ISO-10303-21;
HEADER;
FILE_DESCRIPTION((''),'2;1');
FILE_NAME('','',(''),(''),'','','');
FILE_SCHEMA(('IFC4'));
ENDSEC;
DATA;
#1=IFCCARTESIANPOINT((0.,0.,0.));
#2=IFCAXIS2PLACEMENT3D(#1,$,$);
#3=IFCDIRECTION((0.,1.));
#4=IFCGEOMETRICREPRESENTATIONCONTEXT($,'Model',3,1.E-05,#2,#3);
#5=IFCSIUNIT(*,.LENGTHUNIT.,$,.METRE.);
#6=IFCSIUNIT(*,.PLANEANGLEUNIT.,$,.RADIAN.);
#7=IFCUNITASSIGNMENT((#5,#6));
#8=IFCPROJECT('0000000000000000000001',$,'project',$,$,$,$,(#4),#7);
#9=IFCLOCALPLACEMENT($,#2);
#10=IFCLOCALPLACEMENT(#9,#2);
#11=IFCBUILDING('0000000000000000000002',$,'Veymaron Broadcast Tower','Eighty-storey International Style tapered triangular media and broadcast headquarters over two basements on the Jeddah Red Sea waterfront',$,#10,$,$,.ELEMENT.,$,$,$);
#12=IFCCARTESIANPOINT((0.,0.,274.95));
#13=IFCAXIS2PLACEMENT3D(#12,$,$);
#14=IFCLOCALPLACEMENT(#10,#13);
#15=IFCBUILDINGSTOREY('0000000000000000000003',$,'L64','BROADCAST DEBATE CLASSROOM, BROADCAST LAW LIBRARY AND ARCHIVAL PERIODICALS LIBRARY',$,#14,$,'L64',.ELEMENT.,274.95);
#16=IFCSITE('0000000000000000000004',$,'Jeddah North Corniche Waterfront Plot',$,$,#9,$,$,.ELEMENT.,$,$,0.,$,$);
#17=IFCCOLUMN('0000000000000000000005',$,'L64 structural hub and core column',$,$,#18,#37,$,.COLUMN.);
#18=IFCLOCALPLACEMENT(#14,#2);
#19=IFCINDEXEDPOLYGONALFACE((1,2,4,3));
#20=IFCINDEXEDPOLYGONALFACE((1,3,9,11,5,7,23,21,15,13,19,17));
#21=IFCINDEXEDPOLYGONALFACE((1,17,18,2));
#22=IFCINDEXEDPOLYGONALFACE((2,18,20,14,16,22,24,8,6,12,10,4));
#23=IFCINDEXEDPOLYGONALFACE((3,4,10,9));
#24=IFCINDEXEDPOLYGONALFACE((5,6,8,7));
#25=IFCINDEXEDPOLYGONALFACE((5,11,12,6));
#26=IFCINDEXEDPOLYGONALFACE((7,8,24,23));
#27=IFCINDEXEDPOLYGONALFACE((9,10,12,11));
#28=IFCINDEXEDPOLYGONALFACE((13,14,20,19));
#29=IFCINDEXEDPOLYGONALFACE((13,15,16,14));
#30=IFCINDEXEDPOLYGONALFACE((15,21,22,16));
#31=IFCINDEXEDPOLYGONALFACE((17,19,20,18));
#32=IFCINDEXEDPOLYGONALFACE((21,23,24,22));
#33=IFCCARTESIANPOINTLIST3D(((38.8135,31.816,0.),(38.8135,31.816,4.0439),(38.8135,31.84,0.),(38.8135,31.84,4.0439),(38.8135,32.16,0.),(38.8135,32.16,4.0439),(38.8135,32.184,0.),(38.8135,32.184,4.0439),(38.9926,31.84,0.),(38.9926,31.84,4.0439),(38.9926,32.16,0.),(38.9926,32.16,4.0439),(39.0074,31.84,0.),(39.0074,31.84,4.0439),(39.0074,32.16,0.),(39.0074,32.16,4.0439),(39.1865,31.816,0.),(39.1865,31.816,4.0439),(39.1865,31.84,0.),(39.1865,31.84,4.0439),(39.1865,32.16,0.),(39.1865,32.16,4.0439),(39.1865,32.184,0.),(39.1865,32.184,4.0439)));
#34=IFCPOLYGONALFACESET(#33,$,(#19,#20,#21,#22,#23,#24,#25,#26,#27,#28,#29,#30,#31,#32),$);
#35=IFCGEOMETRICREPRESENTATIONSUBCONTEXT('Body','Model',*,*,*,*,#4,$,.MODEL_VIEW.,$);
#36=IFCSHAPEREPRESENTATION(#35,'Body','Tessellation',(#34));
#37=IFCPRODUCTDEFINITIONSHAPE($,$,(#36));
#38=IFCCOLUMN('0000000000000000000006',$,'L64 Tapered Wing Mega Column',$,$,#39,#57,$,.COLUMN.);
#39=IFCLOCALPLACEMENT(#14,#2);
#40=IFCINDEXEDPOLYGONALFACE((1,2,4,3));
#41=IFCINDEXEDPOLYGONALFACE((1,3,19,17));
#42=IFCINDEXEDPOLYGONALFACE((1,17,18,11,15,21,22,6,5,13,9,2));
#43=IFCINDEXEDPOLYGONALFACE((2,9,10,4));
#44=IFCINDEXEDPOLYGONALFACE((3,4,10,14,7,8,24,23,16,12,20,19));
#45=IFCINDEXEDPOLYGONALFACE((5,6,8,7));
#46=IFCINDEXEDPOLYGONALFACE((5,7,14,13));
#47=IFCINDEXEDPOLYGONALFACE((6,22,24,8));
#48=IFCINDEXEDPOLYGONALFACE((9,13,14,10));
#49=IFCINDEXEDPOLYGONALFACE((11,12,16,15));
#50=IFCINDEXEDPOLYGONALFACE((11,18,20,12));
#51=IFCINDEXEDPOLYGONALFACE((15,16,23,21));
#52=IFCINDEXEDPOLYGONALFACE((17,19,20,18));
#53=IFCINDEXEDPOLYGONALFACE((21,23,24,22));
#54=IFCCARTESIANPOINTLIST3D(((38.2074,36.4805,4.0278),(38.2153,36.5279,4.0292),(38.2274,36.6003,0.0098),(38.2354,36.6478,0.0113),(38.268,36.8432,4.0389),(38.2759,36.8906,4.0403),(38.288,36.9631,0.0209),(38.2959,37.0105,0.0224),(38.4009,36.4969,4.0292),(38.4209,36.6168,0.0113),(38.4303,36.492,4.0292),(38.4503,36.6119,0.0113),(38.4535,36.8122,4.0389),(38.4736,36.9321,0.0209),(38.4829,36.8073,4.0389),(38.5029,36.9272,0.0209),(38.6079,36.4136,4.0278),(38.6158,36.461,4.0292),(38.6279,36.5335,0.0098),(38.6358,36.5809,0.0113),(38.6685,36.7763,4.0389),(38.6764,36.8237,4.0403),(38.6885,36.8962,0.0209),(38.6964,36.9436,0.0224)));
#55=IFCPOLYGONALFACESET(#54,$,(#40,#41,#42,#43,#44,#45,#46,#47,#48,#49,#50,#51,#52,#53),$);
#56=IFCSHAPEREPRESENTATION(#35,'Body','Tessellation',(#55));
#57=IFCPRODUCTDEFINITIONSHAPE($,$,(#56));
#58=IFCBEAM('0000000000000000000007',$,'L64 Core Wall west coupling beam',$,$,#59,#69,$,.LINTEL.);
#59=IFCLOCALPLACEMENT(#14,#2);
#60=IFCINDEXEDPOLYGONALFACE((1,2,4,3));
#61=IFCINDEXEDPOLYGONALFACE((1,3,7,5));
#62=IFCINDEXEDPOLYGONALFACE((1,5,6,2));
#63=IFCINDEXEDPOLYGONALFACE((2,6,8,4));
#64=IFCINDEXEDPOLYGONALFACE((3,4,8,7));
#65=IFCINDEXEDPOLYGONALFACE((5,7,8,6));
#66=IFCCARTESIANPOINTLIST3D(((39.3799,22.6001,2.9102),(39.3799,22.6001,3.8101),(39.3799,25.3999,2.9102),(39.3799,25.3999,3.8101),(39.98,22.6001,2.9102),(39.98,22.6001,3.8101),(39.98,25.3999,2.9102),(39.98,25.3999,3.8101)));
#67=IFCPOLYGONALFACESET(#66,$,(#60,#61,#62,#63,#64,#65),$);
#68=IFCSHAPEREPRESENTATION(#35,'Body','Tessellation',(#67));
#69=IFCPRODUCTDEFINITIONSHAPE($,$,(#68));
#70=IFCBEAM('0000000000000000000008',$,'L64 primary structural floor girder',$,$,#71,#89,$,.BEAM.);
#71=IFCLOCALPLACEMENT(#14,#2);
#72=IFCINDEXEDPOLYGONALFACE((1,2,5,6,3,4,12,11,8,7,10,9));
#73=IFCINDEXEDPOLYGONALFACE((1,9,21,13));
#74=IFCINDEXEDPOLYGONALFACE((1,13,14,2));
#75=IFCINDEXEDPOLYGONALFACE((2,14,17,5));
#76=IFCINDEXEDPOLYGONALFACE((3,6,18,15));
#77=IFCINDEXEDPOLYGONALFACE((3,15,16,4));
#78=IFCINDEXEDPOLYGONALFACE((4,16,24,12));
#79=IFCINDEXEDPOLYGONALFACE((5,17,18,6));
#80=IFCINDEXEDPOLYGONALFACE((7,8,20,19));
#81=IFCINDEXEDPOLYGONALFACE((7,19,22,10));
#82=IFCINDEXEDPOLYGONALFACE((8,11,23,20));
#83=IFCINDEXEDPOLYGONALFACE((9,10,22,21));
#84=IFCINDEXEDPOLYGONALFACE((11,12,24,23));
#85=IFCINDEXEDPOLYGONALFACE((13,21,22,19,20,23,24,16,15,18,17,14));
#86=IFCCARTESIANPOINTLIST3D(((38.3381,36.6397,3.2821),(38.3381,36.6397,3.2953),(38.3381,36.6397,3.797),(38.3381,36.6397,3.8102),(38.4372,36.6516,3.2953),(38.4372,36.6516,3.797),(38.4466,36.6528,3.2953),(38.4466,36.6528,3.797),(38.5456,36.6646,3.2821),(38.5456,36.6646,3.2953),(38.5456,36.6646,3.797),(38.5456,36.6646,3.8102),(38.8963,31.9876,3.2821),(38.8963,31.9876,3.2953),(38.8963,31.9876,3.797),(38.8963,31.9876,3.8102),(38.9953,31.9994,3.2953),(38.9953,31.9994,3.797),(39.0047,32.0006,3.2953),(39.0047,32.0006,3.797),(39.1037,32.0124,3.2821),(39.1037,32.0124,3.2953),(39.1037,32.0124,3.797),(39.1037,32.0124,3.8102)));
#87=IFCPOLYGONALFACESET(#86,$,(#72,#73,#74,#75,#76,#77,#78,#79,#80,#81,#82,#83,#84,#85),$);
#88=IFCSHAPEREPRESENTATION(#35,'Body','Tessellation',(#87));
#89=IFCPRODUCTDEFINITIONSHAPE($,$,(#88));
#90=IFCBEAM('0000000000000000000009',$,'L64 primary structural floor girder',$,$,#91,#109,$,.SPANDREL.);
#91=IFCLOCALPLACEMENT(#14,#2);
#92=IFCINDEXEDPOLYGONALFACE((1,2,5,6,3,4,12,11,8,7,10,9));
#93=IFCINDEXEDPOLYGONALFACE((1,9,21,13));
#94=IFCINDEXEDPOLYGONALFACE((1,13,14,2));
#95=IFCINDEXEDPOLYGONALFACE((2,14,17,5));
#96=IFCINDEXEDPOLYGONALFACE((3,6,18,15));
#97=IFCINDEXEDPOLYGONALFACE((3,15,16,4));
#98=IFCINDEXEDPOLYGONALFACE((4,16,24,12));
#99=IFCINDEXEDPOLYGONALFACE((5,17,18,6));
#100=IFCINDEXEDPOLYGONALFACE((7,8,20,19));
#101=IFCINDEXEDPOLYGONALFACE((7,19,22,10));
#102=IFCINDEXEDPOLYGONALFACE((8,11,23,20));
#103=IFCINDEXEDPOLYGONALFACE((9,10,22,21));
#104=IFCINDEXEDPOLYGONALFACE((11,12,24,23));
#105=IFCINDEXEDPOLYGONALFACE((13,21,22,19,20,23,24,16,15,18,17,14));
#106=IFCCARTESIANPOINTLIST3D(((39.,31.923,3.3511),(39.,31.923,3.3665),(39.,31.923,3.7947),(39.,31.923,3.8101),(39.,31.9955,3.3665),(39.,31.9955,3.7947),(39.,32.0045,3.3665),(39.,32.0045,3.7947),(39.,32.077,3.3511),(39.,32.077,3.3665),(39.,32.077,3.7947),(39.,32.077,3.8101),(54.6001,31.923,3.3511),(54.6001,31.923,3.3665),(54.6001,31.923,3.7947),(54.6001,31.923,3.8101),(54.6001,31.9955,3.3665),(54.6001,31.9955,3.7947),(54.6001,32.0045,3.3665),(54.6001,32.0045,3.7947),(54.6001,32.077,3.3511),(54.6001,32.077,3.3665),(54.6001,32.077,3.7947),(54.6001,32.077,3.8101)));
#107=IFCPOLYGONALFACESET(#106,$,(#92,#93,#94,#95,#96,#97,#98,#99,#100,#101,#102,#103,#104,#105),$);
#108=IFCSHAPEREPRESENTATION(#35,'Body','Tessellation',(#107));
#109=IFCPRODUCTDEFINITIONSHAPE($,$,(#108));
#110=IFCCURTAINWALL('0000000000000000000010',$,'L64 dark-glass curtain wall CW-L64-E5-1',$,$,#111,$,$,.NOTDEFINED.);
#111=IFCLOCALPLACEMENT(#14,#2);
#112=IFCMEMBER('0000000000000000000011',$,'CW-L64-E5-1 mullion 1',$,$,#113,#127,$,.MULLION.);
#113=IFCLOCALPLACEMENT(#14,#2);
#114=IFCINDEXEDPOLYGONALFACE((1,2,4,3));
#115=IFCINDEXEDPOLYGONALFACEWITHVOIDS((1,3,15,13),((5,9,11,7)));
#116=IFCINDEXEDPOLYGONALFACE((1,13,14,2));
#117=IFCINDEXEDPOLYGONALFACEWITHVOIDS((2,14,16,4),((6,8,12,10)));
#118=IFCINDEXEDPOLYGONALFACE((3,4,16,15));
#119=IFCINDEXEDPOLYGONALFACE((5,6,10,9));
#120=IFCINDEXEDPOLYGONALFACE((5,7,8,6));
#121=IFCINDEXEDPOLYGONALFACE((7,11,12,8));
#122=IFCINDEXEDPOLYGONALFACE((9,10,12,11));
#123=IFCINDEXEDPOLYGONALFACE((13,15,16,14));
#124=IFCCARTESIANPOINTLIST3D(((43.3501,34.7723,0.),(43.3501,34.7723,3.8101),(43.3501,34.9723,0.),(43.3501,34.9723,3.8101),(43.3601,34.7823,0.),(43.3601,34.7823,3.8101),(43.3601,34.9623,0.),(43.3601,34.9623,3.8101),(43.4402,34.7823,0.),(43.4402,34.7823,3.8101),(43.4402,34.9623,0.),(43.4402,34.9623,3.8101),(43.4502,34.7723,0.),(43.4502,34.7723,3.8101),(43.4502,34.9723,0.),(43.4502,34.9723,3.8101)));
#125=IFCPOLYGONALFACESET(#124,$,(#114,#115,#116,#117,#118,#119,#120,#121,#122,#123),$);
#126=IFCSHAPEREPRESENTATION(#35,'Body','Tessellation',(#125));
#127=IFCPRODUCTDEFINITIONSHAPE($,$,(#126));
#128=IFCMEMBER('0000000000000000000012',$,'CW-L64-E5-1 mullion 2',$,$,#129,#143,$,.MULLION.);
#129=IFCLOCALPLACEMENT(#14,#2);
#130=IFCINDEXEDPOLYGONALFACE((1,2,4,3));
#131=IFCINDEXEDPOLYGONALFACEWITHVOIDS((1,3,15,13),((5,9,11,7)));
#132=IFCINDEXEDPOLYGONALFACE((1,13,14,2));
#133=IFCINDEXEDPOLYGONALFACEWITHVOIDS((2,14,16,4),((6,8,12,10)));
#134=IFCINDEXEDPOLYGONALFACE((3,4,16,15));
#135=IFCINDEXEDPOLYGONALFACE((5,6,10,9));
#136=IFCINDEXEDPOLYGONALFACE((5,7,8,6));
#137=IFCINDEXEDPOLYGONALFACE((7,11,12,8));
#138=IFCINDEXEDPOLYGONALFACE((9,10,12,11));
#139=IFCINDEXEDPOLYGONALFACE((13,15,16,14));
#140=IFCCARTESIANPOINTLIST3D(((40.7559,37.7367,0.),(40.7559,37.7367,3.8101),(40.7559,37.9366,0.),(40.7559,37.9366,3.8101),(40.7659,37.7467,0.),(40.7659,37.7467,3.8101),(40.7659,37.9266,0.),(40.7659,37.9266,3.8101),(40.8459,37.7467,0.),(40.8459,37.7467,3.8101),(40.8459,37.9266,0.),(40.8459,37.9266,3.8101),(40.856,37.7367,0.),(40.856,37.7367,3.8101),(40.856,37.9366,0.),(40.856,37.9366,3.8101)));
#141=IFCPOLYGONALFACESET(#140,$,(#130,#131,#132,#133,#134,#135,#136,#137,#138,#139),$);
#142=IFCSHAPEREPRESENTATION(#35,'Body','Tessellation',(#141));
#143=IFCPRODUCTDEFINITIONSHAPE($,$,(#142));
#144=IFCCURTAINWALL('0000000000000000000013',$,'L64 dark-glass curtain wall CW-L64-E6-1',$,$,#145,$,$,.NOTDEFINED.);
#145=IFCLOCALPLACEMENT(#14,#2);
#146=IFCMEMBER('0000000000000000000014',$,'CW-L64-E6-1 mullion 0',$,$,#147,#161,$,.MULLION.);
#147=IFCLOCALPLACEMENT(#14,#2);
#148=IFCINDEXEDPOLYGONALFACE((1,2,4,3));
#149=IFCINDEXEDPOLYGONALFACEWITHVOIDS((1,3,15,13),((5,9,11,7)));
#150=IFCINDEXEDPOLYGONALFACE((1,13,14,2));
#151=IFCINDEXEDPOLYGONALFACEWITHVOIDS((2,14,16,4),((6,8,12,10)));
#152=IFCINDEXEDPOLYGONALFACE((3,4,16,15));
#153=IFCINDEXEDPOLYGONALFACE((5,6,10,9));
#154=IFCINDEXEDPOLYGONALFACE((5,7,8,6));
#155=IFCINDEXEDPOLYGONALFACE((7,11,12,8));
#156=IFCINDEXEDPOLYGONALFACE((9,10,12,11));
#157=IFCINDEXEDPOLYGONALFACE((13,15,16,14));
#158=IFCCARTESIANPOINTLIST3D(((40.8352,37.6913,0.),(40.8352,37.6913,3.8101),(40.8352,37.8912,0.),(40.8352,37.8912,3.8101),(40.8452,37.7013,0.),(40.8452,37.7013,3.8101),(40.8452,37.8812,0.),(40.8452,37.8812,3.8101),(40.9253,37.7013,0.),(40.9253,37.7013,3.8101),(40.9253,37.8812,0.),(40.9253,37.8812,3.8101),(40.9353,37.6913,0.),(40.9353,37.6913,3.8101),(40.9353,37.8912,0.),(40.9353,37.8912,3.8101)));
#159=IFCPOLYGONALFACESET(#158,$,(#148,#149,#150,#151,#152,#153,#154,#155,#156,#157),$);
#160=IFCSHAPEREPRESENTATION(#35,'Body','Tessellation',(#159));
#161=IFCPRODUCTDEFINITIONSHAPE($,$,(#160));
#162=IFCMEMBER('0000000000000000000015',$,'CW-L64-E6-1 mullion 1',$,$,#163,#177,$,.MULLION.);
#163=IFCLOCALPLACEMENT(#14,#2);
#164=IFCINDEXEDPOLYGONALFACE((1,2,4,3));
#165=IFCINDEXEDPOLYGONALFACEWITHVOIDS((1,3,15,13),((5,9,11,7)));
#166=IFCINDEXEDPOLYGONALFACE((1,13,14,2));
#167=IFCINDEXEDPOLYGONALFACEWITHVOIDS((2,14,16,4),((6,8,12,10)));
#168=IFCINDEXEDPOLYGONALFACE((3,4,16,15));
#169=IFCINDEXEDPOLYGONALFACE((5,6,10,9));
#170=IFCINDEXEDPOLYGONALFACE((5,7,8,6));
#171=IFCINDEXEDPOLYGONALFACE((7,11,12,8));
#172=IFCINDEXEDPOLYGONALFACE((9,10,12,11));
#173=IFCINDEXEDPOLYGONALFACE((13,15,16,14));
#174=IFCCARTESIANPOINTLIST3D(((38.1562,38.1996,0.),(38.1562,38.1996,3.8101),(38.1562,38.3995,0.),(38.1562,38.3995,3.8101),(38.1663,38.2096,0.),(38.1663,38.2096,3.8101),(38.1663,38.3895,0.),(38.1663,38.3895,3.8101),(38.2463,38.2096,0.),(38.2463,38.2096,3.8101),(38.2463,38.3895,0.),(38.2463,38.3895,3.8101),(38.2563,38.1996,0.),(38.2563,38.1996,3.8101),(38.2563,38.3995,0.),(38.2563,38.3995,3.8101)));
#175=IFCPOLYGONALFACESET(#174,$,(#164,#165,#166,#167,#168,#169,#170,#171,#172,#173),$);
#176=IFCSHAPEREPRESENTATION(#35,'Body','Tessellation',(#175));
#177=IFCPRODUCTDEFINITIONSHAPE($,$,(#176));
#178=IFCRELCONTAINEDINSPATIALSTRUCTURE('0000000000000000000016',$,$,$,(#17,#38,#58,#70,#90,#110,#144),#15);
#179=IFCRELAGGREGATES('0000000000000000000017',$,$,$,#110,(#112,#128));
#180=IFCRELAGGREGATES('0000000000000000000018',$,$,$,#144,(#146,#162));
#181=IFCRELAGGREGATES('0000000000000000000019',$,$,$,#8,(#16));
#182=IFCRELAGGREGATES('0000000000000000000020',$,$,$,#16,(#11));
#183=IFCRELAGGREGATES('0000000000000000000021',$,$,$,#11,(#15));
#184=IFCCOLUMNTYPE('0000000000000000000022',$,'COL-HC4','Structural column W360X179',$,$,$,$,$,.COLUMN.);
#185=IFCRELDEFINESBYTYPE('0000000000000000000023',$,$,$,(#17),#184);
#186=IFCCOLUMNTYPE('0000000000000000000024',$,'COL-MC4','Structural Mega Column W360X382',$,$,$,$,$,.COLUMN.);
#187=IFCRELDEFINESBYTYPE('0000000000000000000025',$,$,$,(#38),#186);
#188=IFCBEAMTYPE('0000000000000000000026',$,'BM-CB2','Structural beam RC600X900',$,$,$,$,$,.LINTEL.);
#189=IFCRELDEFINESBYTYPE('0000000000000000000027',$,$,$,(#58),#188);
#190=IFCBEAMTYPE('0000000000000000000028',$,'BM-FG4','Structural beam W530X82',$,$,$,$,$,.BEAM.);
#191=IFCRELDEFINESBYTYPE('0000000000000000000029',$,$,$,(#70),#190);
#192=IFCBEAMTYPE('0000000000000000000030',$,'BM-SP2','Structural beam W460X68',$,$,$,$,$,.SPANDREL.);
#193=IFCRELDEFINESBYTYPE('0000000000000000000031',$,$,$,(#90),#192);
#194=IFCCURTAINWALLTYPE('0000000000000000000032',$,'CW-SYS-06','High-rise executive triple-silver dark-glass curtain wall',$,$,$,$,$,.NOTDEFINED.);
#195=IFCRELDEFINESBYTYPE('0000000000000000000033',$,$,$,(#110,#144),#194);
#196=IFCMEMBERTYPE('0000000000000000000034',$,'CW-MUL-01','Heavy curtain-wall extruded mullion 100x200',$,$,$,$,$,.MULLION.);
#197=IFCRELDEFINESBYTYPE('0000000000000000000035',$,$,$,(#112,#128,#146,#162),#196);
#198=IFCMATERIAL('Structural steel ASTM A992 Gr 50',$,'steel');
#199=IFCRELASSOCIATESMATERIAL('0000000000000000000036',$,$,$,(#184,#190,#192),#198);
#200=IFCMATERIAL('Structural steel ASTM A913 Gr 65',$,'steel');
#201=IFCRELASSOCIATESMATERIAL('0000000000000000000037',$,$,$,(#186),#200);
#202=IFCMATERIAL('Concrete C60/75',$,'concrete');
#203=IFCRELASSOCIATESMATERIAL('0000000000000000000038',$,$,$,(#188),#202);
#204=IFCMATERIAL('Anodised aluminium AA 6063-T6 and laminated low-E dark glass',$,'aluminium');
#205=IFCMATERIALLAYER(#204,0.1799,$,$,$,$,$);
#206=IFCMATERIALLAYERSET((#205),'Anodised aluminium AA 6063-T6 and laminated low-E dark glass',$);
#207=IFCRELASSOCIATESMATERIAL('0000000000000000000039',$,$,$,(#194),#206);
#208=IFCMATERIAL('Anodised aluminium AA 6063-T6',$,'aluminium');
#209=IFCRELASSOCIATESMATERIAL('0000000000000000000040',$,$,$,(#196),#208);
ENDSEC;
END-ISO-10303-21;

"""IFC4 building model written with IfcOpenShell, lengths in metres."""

from ifc_helpers import new_model, si_unit, direction, frame, origin, origin_2d, place, context, subcontext, project, spatial, rectangle, hollow_rectangle, i_section, extrude, material, layer, layer_set, material_profile, profile_set, type_object, element, aggregate, save


model = new_model("IFC4")

# Units and contexts
model_context = context("Model", 3, precision=1e-05, world=origin(), true_north=direction((0.0, 1.0)))
body_context = subcontext(model_context, "Body", "Model", "MODEL_VIEW")
ifc_project = project(units=[si_unit("LENGTHUNIT", "METRE"), si_unit("PLANEANGLEUNIT", "RADIAN")], contexts=[model_context])

# Site, building, storey
site_placement = place(None, origin())
site = spatial("IfcSite", under=ifc_project, at=site_placement, Name="Jeddah North Corniche Waterfront Plot", CompositionType="ELEMENT", RefElevation=0.0)
building_placement = place(site_placement, origin())
building = spatial("IfcBuilding", under=site, at=building_placement, Name="Veymaron Broadcast Tower", Description="Eighty-storey International Style tapered triangular media and broadcast headquarters over two basements on the Jeddah Red Sea waterfront", CompositionType="ELEMENT")
storey_placement = place(building_placement, frame((0.0, 0.0, 274.95)))
storey = spatial("IfcBuildingStorey", under=building, at=storey_placement, Name="L64", Description="BROADCAST DEBATE CLASSROOM, BROADCAST LAW LIBRARY AND ARCHIVAL PERIODICALS LIBRARY", LongName="L64", CompositionType="ELEMENT", Elevation=274.95)

# Columns
ifc_material_1 = material(Name="Structural steel ASTM A992 Gr 50", Category="steel")
ifc_material_profile_1 = material_profile(ifc_material_1, i_section(OverallWidth=0.373, OverallDepth=0.3679, WebThickness=0.0149, FlangeThickness=0.0239, at=origin_2d()), Name="W360X179")
ifc_profile_set_1 = profile_set([ifc_material_profile_1], Name="Structural steel ASTM A992 Gr 50")
column_type_1 = type_object("IfcColumnType", Name="COL-HC4", Description="Structural column W360X179", PredefinedType="COLUMN", material=ifc_profile_set_1)
column_1_placement = place(storey_placement, frame((39.0, 32.0, 0.0), z_axis=(0.0, 0.0, 1.0), x_axis=(1.0, 0.0, 0.0)))
element("IfcColumn", 1, at=column_1_placement, inside=storey, type_object=column_type_1, Name="L64 structural hub and core column", PredefinedType="COLUMN", context=body_context, shape_type="SweptSolid", body=[
    extrude(i_section(OverallWidth=0.373, OverallDepth=0.3679, WebThickness=0.0149, FlangeThickness=0.0239, at=origin_2d()), origin(), (0.0, 0.0, 1.0), 4.0439),
])
ifc_material_2 = material(Name="Structural steel ASTM A913 Gr 65", Category="steel")
ifc_material_profile_2 = material_profile(ifc_material_2, i_section(OverallWidth=0.406, OverallDepth=0.416, WebThickness=0.0298, FlangeThickness=0.0481, at=origin_2d()), Name="W360X382")
ifc_profile_set_2 = profile_set([ifc_material_profile_2], Name="Structural steel ASTM A913 Gr 65")
column_type_2 = type_object("IfcColumnType", Name="COL-MC4", Description="Structural Mega Column W360X382", PredefinedType="COLUMN", material=ifc_profile_set_2)
column_2_placement = place(storey_placement, frame((38.4619, 36.772, 0.0161), z_axis=(-0.00498, -0.029822, 0.999543), x_axis=(0.98634, -0.164725, 0.0)))
element("IfcColumn", 2, at=column_2_placement, inside=storey, type_object=column_type_2, Name="L64 Tapered Wing Mega Column", PredefinedType="COLUMN", context=body_context, shape_type="SweptSolid", body=[
    extrude(i_section(OverallWidth=0.406, OverallDepth=0.416, WebThickness=0.0298, FlangeThickness=0.0481, at=origin_2d()), origin(), (0.0, 0.0, 1.0), 4.0198),
])

# Beams
ifc_material_3 = material(Name="Concrete C60/75", Category="concrete")
ifc_material_profile_3 = material_profile(ifc_material_3, rectangle(XDim=0.6001, YDim=0.8999, at=origin_2d()), Name="RC600X900")
ifc_profile_set_3 = profile_set([ifc_material_profile_3], Name="Concrete C60/75")
beam_type_1 = type_object("IfcBeamType", Name="BM-CB2", Description="Structural beam RC600X900", PredefinedType="LINTEL", material=ifc_profile_set_3)
beam_1_placement = place(storey_placement, frame((39.6799, 22.6001, 3.3601), z_axis=(0.0, 1.0, 0.0), x_axis=(-1.0, 0.0, 0.0)))
element("IfcBeam", 3, at=beam_1_placement, inside=storey, type_object=beam_type_1, Name="L64 Core Wall west coupling beam", PredefinedType="LINTEL", context=body_context, shape_type="SweptSolid", body=[
    extrude(rectangle(XDim=0.6001, YDim=0.8999, at=origin_2d()), origin(), (0.0, 0.0, 1.0), 2.7998),
])
ifc_material_profile_4 = material_profile(ifc_material_1, i_section(OverallWidth=0.209, OverallDepth=0.5281, WebThickness=0.0095, FlangeThickness=0.0132, at=origin_2d()), Name="W530X82")
ifc_profile_set_4 = profile_set([ifc_material_profile_4], Name="Structural steel ASTM A992 Gr 50")
beam_type_2 = type_object("IfcBeamType", Name="BM-FG4", Description="Structural beam W530X82", PredefinedType="BEAM", material=ifc_profile_set_4)
beam_2_placement = place(storey_placement, frame((39.0, 32.0, 3.5461), z_axis=(-0.119114, 0.992881, 0.0), x_axis=(-0.992881, -0.119114, 0.0)))
element("IfcBeam", 4, at=beam_2_placement, inside=storey, type_object=beam_type_2, Name="L64 primary structural floor girder", PredefinedType="BEAM", context=body_context, shape_type="SweptSolid", body=[
    extrude(i_section(OverallWidth=0.209, OverallDepth=0.5281, WebThickness=0.0095, FlangeThickness=0.0132, at=origin_2d()), origin(), (0.0, 0.0, 1.0), 4.6855),
])
ifc_material_profile_5 = material_profile(ifc_material_1, i_section(OverallWidth=0.1541, OverallDepth=0.459, WebThickness=0.009, FlangeThickness=0.0154, at=origin_2d()), Name="W460X68")
ifc_profile_set_5 = profile_set([ifc_material_profile_5], Name="Structural steel ASTM A992 Gr 50")
beam_type_3 = type_object("IfcBeamType", Name="BM-SP2", Description="Structural beam W460X68", PredefinedType="SPANDREL", material=ifc_profile_set_5)
beam_3_placement = place(storey_placement, frame((39.0, 32.0, 3.5806), z_axis=(1.0, 0.0, 0.0), x_axis=(0.0, 1.0, 0.0)))
element("IfcBeam", 5, at=beam_3_placement, inside=storey, type_object=beam_type_3, Name="L64 primary structural floor girder", PredefinedType="SPANDREL", context=body_context, shape_type="SweptSolid", body=[
    extrude(i_section(OverallWidth=0.1541, OverallDepth=0.459, WebThickness=0.009, FlangeThickness=0.0154, at=origin_2d()), origin(), (0.0, 0.0, 1.0), 15.6001),
])

# Curtain walls, members
ifc_material_4 = material(Name="Anodised aluminium AA 6063-T6 and laminated low-E dark glass", Category="aluminium")
ifc_layer_1 = layer(ifc_material_4, 0.1799)
ifc_layer_set_1 = layer_set([ifc_layer_1], Name="Anodised aluminium AA 6063-T6 and laminated low-E dark glass")
curtain_wall_type = type_object("IfcCurtainWallType", Name="CW-SYS-06", Description="High-rise executive triple-silver dark-glass curtain wall", PredefinedType="NOTDEFINED", material=ifc_layer_set_1)
curtain_wall_1_placement = place(storey_placement, origin())
curtain_wall_1 = element("IfcCurtainWall", 6, at=curtain_wall_1_placement, inside=storey, type_object=curtain_wall_type, Name="L64 dark-glass curtain wall CW-L64-E5-1", PredefinedType="NOTDEFINED")
ifc_material_5 = material(Name="Anodised aluminium AA 6063-T6", Category="aluminium")
ifc_material_profile_6 = material_profile(ifc_material_5, hollow_rectangle(XDim=0.1001, YDim=0.2, WallThickness=0.01, at=origin_2d()), Name="RHS200X100X10")
ifc_profile_set_6 = profile_set([ifc_material_profile_6], Name="Anodised aluminium AA 6063-T6")
member_type_1 = type_object("IfcMemberType", Name="CW-MUL-01", Description="Heavy curtain-wall extruded mullion 100x200", PredefinedType="MULLION", material=ifc_profile_set_6)
member_1_placement = place(storey_placement, frame((43.4001, 34.8723, 0.0), z_axis=(0.0, 0.0, 1.0), x_axis=(1.0, 0.0, 0.0)))
member_1 = element("IfcMember", 7, at=member_1_placement, type_object=member_type_1, Name="CW-L64-E5-1 mullion 1", PredefinedType="MULLION", context=body_context, shape_type="SweptSolid", body=[
    extrude(hollow_rectangle(XDim=0.1001, YDim=0.2, WallThickness=0.01, at=origin_2d()), origin(), (0.0, 0.0, 1.0), 3.8101),
])
member_2_placement = place(storey_placement, frame((40.8059, 37.8367, 0.0), z_axis=(0.0, 0.0, 1.0), x_axis=(1.0, 0.0, 0.0)))
member_2 = element("IfcMember", 8, at=member_2_placement, type_object=member_type_1, Name="CW-L64-E5-1 mullion 2", PredefinedType="MULLION", context=body_context, shape_type="SweptSolid", body=[
    extrude(hollow_rectangle(XDim=0.1001, YDim=0.2, WallThickness=0.01, at=origin_2d()), origin(), (0.0, 0.0, 1.0), 3.8101),
])
curtain_wall_2_placement = place(storey_placement, origin())
curtain_wall_2 = element("IfcCurtainWall", 9, at=curtain_wall_2_placement, inside=storey, type_object=curtain_wall_type, Name="L64 dark-glass curtain wall CW-L64-E6-1", PredefinedType="NOTDEFINED")
member_3_placement = place(storey_placement, frame((40.8853, 37.7913, 0.0), z_axis=(0.0, 0.0, 1.0), x_axis=(1.0, 0.0, 0.0)))
member_3 = element("IfcMember", 10, at=member_3_placement, type_object=member_type_1, Name="CW-L64-E6-1 mullion 0", PredefinedType="MULLION", context=body_context, shape_type="SweptSolid", body=[
    extrude(hollow_rectangle(XDim=0.1001, YDim=0.2, WallThickness=0.01, at=origin_2d()), origin(), (0.0, 0.0, 1.0), 3.8101),
])
member_4_placement = place(storey_placement, frame((38.2063, 38.2996, 0.0), z_axis=(0.0, 0.0, 1.0), x_axis=(1.0, 0.0, 0.0)))
member_4 = element("IfcMember", 11, at=member_4_placement, type_object=member_type_1, Name="CW-L64-E6-1 mullion 1", PredefinedType="MULLION", context=body_context, shape_type="SweptSolid", body=[
    extrude(hollow_rectangle(XDim=0.1001, YDim=0.2, WallThickness=0.01, at=origin_2d()), origin(), (0.0, 0.0, 1.0), 3.8101),
])

aggregate(curtain_wall_1, [member_1, member_2])
aggregate(curtain_wall_2, [member_3, member_4])

save(model, "model.ifc")
